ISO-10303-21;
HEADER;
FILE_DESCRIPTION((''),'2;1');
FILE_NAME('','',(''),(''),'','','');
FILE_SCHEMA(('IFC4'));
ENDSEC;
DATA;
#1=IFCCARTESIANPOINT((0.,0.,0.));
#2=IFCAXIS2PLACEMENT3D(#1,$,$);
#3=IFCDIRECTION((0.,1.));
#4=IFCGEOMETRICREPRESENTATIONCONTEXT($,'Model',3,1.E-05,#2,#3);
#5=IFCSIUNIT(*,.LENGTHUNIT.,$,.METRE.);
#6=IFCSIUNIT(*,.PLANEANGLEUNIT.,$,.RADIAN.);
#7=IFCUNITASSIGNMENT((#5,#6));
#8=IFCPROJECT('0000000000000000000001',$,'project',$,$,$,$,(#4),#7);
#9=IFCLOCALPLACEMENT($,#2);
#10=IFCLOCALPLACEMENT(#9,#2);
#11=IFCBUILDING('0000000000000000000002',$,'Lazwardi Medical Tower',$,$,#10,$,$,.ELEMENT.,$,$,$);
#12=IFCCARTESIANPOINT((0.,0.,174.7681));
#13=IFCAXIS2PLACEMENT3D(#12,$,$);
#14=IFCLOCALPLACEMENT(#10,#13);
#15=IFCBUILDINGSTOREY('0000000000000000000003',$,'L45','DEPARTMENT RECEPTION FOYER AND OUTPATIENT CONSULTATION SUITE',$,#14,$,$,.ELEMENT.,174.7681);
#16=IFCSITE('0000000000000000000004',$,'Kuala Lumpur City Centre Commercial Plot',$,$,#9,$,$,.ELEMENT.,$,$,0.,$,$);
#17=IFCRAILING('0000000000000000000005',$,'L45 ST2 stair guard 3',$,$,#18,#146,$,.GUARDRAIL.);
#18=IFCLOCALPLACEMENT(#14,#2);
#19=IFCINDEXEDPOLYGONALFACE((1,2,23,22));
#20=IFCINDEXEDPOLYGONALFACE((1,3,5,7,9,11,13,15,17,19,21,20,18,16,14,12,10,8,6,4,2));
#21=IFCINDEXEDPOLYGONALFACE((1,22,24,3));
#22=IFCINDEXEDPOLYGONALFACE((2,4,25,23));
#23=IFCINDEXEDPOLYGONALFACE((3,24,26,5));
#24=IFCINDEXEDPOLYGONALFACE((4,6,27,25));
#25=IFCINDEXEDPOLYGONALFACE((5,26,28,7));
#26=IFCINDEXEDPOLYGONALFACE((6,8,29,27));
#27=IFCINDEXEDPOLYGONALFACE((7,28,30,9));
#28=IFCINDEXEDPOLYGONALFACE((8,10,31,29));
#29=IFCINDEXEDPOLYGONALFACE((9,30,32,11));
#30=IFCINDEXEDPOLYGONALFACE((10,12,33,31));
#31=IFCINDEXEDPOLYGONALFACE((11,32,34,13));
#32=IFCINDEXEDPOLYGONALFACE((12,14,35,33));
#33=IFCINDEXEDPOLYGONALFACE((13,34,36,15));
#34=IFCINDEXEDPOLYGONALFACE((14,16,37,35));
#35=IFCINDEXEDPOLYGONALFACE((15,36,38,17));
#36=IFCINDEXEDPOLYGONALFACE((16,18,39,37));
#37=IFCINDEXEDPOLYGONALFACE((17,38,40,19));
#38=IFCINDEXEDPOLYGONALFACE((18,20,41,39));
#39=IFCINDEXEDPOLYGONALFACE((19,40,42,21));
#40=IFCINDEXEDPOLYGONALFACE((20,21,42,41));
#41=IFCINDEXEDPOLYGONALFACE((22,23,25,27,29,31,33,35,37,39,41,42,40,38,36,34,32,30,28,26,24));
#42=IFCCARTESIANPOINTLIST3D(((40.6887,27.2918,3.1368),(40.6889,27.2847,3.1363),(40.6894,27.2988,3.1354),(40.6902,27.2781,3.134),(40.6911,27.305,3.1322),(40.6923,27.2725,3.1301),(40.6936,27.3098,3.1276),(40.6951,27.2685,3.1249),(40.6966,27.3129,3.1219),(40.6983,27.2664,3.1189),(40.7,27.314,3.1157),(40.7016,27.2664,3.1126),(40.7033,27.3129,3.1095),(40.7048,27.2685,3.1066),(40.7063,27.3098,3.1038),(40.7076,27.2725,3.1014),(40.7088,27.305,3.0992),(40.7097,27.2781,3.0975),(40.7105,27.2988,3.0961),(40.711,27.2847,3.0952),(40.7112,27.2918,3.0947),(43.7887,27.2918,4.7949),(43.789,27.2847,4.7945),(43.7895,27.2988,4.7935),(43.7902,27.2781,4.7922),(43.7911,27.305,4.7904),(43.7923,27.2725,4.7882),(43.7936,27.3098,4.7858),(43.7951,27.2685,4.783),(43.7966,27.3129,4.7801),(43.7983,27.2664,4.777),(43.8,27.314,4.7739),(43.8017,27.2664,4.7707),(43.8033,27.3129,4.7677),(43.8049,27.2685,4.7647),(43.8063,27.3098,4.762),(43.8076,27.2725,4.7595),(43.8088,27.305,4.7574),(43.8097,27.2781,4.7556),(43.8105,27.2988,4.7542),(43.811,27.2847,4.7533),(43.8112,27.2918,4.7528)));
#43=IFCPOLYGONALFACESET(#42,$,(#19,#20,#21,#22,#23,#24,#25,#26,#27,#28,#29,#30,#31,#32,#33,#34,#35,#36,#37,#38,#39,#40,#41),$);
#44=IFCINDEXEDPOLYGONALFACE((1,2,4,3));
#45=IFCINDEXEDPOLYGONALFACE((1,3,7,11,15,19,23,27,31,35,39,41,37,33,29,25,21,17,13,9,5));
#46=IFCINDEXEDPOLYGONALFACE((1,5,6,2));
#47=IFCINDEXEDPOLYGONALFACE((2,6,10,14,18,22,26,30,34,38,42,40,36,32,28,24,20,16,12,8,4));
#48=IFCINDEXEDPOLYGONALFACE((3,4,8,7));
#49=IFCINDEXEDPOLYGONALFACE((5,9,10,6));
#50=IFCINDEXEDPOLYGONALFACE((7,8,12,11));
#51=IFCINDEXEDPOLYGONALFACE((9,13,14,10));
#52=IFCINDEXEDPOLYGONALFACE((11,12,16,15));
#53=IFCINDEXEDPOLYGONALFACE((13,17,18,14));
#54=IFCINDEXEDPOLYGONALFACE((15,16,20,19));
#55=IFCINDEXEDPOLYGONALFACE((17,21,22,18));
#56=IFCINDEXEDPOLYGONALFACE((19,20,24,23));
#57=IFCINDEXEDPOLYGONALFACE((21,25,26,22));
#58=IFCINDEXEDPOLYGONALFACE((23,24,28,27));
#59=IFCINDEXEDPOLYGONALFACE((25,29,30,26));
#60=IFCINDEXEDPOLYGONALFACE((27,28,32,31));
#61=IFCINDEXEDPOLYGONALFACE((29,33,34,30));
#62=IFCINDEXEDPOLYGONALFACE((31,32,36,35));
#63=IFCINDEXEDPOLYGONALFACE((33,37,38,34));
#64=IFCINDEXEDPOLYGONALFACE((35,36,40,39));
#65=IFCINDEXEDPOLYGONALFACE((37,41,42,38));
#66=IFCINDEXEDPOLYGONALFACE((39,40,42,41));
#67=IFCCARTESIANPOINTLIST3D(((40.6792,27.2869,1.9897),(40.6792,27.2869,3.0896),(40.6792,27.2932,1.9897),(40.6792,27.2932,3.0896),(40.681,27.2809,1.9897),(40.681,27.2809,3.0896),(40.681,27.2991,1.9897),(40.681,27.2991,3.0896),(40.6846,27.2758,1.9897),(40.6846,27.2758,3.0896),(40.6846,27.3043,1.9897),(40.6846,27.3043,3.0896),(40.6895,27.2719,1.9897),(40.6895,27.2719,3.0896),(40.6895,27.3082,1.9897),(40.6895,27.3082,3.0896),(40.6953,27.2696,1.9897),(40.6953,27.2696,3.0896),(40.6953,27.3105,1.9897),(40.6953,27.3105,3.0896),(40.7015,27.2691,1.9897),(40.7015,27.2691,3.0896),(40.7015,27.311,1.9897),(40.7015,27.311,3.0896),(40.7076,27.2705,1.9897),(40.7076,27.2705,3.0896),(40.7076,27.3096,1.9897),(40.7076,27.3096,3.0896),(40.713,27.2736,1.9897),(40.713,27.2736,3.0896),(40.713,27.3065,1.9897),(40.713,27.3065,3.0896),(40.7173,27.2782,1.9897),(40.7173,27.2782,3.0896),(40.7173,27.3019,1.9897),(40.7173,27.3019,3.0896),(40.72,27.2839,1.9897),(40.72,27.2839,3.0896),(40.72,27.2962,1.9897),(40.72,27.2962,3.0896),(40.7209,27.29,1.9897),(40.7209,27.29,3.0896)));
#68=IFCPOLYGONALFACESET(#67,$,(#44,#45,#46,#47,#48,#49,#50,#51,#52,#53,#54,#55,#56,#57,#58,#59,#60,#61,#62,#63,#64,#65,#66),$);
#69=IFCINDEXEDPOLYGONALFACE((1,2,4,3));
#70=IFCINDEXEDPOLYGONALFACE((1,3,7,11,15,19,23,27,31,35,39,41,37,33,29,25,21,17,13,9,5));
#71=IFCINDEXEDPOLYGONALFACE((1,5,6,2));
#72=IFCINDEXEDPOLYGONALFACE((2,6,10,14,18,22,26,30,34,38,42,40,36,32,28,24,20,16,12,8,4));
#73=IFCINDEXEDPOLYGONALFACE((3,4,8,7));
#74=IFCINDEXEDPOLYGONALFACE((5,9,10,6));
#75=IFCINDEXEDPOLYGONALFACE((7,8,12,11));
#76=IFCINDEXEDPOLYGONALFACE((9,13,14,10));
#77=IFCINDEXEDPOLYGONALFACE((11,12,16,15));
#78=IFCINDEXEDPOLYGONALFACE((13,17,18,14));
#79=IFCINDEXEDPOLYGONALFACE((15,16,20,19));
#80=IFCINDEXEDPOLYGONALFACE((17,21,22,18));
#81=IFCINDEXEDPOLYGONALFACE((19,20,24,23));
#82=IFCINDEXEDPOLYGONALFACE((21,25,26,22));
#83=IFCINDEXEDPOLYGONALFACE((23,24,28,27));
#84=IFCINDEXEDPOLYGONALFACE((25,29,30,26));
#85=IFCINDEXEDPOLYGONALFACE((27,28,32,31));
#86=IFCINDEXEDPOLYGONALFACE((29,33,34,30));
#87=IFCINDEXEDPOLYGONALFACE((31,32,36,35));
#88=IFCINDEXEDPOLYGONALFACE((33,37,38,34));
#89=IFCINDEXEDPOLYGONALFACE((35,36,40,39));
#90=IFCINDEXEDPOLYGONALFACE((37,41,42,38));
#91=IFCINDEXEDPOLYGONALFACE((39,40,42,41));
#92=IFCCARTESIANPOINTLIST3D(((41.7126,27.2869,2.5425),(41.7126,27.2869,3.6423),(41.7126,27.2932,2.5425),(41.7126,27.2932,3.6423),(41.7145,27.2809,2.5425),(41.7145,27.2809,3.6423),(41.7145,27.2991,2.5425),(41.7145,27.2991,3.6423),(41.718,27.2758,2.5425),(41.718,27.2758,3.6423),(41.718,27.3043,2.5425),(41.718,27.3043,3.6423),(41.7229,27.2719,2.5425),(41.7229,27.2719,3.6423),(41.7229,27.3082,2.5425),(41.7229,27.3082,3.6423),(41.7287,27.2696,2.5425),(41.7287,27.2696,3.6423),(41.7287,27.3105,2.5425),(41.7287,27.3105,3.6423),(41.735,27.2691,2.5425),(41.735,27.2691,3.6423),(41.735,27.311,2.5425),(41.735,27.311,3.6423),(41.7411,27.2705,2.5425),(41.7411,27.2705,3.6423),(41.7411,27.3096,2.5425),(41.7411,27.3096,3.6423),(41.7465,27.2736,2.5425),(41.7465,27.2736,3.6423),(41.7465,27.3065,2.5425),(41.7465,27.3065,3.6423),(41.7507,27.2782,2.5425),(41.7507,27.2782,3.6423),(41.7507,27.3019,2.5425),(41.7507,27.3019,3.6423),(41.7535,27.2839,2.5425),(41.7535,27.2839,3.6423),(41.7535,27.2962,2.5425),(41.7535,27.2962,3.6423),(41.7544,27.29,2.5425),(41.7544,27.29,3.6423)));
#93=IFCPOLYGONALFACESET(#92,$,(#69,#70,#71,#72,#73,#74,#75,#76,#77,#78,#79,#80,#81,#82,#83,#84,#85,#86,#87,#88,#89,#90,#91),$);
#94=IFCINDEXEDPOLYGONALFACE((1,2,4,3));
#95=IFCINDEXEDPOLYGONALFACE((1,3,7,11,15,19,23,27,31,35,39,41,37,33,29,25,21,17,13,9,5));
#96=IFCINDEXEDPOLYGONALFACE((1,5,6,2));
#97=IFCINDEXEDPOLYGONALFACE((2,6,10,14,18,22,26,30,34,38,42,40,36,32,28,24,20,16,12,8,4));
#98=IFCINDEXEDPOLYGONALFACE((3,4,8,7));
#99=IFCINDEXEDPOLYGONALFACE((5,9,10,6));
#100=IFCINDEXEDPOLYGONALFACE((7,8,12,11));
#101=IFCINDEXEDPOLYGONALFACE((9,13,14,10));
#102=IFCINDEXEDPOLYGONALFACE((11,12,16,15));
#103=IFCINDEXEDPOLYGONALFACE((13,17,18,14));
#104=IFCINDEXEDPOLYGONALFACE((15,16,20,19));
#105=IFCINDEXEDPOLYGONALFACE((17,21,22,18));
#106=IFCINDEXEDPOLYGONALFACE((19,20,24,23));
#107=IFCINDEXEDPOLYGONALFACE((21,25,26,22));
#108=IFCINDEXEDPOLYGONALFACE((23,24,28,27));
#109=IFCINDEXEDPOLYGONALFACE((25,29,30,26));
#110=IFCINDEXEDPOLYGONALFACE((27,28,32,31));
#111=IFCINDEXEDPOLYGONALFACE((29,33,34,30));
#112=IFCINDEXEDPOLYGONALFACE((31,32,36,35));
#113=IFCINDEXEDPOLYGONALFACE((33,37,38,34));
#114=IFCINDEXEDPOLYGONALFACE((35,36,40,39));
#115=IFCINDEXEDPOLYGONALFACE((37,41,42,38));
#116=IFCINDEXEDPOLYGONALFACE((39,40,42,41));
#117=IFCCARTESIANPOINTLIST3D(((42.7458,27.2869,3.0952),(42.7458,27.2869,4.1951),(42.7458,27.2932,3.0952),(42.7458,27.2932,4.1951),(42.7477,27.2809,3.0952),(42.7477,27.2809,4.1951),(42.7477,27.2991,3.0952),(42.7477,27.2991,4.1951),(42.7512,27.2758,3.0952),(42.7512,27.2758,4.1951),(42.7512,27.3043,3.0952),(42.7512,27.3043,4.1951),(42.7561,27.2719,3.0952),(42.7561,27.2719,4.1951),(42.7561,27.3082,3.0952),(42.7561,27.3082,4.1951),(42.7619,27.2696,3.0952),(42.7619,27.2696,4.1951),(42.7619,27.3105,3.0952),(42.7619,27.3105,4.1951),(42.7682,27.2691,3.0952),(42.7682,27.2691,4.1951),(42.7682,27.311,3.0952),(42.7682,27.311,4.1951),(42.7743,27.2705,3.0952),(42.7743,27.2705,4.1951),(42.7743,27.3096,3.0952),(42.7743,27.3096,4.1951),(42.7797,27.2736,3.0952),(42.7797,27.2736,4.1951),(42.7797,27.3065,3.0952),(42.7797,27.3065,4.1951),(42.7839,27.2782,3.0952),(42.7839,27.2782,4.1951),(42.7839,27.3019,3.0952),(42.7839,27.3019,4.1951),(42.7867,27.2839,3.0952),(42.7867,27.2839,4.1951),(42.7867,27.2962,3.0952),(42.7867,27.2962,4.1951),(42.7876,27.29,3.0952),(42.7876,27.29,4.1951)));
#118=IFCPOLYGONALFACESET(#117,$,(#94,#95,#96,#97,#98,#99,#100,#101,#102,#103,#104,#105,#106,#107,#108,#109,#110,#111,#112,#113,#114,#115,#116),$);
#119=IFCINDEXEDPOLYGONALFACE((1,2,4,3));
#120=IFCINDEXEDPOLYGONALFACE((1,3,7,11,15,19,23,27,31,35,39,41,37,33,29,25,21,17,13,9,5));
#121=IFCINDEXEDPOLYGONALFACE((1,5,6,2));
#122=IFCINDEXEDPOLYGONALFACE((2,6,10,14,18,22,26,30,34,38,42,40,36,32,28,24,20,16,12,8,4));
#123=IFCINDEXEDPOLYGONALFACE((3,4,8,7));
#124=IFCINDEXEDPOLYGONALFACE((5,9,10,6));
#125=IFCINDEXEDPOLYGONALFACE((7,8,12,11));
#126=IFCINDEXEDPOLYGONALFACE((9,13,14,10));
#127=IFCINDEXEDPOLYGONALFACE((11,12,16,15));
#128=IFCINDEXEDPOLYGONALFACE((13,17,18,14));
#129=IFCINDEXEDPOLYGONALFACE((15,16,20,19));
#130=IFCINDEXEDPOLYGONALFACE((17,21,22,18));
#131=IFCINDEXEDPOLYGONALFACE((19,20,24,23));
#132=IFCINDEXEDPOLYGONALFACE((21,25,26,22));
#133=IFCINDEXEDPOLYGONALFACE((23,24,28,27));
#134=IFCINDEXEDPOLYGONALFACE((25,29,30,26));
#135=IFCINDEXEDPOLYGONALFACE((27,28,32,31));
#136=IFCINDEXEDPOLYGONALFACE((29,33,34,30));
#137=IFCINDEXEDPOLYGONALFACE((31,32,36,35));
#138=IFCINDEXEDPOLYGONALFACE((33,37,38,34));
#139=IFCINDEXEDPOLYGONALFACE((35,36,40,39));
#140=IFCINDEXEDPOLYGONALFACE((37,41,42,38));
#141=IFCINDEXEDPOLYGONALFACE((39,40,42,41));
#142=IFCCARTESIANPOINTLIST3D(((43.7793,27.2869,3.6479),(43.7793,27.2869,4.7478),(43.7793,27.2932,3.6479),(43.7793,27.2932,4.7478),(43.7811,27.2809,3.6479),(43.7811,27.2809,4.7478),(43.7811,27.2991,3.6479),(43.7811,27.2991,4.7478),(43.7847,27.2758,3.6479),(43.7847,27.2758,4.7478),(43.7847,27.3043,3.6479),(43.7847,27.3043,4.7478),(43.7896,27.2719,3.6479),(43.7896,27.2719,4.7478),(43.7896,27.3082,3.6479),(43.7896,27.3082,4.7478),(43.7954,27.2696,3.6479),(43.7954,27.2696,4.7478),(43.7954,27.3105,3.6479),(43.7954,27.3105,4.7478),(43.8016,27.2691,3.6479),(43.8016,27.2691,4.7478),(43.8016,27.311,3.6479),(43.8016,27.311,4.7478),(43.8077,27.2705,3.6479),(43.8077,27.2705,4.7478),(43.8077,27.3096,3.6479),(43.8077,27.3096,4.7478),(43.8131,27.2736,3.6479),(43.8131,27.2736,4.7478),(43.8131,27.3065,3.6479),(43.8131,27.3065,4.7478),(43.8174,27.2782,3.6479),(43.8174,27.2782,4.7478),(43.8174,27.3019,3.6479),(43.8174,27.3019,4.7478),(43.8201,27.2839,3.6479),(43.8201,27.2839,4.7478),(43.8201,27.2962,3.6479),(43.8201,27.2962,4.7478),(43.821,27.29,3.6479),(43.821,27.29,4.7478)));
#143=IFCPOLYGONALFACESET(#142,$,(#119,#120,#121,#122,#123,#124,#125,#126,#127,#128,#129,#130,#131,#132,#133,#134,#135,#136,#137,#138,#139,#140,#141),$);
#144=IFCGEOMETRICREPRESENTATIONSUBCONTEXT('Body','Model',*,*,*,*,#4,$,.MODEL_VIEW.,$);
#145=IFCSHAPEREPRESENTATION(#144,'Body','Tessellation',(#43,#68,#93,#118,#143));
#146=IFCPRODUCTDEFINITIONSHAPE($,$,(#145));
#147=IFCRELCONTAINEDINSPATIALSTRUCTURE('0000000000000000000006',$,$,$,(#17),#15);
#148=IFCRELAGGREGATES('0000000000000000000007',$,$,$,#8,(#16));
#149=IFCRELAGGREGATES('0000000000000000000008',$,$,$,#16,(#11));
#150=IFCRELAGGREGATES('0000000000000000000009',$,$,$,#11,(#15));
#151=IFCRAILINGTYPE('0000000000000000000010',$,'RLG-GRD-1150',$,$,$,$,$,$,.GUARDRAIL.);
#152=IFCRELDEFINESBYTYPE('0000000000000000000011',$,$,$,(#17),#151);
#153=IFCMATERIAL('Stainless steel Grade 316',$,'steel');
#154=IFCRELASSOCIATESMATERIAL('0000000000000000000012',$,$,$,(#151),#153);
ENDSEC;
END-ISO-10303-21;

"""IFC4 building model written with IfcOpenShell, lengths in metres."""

from ifc_helpers import new_model, si_unit, direction, frame, origin, origin_2d, place, context, subcontext, project, spatial, circle, extrude, material, type_object, element, save


model = new_model("IFC4")

# Units and contexts
model_context = context("Model", 3, precision=1e-05, world=origin(), true_north=direction((0.0, 1.0)))
body_context = subcontext(model_context, "Body", "Model", "MODEL_VIEW")
ifc_project = project(units=[si_unit("LENGTHUNIT", "METRE"), si_unit("PLANEANGLEUNIT", "RADIAN")], contexts=[model_context])

# Site, building, storey
site_placement = place(None, origin())
site = spatial("IfcSite", under=ifc_project, at=site_placement, Name="Kuala Lumpur City Centre Commercial Plot", CompositionType="ELEMENT", RefElevation=0.0)
building_placement = place(site_placement, origin())
building = spatial("IfcBuilding", under=site, at=building_placement, Name="Lazwardi Medical Tower", CompositionType="ELEMENT")
storey_placement = place(building_placement, frame((0.0, 0.0, 174.7681)))
storey = spatial("IfcBuildingStorey", under=building, at=storey_placement, Name="L45", Description="DEPARTMENT RECEPTION FOYER AND OUTPATIENT CONSULTATION SUITE", CompositionType="ELEMENT", Elevation=174.7681)

# Railing
ifc_material_1 = material(Name="Stainless steel Grade 316", Category="steel")
railing_type_1 = type_object("IfcRailingType", Name="RLG-GRD-1150", PredefinedType="GUARDRAIL", material=ifc_material_1)
railing_1_placement = place(storey_placement, frame((40.7, 27.29, 1.9897)))
element("IfcRailing", 1, at=railing_1_placement, inside=storey, type_object=railing_type_1, Name="L45 ST2 stair guard 3", PredefinedType="GUARDRAIL", context=body_context, shape_type="SweptSolid", body=[
    extrude(circle(Radius=0.0239, at=origin_2d()), frame((0.0, 0.0, 1.126), z_axis=(0.881783, 0.0, 0.471655), x_axis=(0.0, 1.0, 0.0)), (0.0, 0.0, 1.0), 3.5156),
    extrude(circle(Radius=0.021, at=origin_2d()), origin(), (0.0, 0.0, 1.0), 1.0999),
    extrude(circle(Radius=0.021, at=origin_2d()), frame((1.0334, 0.0, 0.5527)), (0.0, 0.0, 1.0), 1.0999),
    extrude(circle(Radius=0.021, at=origin_2d()), frame((2.0667, 0.0, 1.1055)), (0.0, 0.0, 1.0), 1.0999),
    extrude(circle(Radius=0.021, at=origin_2d()), frame((3.1001, 0.0, 1.6582)), (0.0, 0.0, 1.0), 1.0999),
])

save(model, "model.ifc")
